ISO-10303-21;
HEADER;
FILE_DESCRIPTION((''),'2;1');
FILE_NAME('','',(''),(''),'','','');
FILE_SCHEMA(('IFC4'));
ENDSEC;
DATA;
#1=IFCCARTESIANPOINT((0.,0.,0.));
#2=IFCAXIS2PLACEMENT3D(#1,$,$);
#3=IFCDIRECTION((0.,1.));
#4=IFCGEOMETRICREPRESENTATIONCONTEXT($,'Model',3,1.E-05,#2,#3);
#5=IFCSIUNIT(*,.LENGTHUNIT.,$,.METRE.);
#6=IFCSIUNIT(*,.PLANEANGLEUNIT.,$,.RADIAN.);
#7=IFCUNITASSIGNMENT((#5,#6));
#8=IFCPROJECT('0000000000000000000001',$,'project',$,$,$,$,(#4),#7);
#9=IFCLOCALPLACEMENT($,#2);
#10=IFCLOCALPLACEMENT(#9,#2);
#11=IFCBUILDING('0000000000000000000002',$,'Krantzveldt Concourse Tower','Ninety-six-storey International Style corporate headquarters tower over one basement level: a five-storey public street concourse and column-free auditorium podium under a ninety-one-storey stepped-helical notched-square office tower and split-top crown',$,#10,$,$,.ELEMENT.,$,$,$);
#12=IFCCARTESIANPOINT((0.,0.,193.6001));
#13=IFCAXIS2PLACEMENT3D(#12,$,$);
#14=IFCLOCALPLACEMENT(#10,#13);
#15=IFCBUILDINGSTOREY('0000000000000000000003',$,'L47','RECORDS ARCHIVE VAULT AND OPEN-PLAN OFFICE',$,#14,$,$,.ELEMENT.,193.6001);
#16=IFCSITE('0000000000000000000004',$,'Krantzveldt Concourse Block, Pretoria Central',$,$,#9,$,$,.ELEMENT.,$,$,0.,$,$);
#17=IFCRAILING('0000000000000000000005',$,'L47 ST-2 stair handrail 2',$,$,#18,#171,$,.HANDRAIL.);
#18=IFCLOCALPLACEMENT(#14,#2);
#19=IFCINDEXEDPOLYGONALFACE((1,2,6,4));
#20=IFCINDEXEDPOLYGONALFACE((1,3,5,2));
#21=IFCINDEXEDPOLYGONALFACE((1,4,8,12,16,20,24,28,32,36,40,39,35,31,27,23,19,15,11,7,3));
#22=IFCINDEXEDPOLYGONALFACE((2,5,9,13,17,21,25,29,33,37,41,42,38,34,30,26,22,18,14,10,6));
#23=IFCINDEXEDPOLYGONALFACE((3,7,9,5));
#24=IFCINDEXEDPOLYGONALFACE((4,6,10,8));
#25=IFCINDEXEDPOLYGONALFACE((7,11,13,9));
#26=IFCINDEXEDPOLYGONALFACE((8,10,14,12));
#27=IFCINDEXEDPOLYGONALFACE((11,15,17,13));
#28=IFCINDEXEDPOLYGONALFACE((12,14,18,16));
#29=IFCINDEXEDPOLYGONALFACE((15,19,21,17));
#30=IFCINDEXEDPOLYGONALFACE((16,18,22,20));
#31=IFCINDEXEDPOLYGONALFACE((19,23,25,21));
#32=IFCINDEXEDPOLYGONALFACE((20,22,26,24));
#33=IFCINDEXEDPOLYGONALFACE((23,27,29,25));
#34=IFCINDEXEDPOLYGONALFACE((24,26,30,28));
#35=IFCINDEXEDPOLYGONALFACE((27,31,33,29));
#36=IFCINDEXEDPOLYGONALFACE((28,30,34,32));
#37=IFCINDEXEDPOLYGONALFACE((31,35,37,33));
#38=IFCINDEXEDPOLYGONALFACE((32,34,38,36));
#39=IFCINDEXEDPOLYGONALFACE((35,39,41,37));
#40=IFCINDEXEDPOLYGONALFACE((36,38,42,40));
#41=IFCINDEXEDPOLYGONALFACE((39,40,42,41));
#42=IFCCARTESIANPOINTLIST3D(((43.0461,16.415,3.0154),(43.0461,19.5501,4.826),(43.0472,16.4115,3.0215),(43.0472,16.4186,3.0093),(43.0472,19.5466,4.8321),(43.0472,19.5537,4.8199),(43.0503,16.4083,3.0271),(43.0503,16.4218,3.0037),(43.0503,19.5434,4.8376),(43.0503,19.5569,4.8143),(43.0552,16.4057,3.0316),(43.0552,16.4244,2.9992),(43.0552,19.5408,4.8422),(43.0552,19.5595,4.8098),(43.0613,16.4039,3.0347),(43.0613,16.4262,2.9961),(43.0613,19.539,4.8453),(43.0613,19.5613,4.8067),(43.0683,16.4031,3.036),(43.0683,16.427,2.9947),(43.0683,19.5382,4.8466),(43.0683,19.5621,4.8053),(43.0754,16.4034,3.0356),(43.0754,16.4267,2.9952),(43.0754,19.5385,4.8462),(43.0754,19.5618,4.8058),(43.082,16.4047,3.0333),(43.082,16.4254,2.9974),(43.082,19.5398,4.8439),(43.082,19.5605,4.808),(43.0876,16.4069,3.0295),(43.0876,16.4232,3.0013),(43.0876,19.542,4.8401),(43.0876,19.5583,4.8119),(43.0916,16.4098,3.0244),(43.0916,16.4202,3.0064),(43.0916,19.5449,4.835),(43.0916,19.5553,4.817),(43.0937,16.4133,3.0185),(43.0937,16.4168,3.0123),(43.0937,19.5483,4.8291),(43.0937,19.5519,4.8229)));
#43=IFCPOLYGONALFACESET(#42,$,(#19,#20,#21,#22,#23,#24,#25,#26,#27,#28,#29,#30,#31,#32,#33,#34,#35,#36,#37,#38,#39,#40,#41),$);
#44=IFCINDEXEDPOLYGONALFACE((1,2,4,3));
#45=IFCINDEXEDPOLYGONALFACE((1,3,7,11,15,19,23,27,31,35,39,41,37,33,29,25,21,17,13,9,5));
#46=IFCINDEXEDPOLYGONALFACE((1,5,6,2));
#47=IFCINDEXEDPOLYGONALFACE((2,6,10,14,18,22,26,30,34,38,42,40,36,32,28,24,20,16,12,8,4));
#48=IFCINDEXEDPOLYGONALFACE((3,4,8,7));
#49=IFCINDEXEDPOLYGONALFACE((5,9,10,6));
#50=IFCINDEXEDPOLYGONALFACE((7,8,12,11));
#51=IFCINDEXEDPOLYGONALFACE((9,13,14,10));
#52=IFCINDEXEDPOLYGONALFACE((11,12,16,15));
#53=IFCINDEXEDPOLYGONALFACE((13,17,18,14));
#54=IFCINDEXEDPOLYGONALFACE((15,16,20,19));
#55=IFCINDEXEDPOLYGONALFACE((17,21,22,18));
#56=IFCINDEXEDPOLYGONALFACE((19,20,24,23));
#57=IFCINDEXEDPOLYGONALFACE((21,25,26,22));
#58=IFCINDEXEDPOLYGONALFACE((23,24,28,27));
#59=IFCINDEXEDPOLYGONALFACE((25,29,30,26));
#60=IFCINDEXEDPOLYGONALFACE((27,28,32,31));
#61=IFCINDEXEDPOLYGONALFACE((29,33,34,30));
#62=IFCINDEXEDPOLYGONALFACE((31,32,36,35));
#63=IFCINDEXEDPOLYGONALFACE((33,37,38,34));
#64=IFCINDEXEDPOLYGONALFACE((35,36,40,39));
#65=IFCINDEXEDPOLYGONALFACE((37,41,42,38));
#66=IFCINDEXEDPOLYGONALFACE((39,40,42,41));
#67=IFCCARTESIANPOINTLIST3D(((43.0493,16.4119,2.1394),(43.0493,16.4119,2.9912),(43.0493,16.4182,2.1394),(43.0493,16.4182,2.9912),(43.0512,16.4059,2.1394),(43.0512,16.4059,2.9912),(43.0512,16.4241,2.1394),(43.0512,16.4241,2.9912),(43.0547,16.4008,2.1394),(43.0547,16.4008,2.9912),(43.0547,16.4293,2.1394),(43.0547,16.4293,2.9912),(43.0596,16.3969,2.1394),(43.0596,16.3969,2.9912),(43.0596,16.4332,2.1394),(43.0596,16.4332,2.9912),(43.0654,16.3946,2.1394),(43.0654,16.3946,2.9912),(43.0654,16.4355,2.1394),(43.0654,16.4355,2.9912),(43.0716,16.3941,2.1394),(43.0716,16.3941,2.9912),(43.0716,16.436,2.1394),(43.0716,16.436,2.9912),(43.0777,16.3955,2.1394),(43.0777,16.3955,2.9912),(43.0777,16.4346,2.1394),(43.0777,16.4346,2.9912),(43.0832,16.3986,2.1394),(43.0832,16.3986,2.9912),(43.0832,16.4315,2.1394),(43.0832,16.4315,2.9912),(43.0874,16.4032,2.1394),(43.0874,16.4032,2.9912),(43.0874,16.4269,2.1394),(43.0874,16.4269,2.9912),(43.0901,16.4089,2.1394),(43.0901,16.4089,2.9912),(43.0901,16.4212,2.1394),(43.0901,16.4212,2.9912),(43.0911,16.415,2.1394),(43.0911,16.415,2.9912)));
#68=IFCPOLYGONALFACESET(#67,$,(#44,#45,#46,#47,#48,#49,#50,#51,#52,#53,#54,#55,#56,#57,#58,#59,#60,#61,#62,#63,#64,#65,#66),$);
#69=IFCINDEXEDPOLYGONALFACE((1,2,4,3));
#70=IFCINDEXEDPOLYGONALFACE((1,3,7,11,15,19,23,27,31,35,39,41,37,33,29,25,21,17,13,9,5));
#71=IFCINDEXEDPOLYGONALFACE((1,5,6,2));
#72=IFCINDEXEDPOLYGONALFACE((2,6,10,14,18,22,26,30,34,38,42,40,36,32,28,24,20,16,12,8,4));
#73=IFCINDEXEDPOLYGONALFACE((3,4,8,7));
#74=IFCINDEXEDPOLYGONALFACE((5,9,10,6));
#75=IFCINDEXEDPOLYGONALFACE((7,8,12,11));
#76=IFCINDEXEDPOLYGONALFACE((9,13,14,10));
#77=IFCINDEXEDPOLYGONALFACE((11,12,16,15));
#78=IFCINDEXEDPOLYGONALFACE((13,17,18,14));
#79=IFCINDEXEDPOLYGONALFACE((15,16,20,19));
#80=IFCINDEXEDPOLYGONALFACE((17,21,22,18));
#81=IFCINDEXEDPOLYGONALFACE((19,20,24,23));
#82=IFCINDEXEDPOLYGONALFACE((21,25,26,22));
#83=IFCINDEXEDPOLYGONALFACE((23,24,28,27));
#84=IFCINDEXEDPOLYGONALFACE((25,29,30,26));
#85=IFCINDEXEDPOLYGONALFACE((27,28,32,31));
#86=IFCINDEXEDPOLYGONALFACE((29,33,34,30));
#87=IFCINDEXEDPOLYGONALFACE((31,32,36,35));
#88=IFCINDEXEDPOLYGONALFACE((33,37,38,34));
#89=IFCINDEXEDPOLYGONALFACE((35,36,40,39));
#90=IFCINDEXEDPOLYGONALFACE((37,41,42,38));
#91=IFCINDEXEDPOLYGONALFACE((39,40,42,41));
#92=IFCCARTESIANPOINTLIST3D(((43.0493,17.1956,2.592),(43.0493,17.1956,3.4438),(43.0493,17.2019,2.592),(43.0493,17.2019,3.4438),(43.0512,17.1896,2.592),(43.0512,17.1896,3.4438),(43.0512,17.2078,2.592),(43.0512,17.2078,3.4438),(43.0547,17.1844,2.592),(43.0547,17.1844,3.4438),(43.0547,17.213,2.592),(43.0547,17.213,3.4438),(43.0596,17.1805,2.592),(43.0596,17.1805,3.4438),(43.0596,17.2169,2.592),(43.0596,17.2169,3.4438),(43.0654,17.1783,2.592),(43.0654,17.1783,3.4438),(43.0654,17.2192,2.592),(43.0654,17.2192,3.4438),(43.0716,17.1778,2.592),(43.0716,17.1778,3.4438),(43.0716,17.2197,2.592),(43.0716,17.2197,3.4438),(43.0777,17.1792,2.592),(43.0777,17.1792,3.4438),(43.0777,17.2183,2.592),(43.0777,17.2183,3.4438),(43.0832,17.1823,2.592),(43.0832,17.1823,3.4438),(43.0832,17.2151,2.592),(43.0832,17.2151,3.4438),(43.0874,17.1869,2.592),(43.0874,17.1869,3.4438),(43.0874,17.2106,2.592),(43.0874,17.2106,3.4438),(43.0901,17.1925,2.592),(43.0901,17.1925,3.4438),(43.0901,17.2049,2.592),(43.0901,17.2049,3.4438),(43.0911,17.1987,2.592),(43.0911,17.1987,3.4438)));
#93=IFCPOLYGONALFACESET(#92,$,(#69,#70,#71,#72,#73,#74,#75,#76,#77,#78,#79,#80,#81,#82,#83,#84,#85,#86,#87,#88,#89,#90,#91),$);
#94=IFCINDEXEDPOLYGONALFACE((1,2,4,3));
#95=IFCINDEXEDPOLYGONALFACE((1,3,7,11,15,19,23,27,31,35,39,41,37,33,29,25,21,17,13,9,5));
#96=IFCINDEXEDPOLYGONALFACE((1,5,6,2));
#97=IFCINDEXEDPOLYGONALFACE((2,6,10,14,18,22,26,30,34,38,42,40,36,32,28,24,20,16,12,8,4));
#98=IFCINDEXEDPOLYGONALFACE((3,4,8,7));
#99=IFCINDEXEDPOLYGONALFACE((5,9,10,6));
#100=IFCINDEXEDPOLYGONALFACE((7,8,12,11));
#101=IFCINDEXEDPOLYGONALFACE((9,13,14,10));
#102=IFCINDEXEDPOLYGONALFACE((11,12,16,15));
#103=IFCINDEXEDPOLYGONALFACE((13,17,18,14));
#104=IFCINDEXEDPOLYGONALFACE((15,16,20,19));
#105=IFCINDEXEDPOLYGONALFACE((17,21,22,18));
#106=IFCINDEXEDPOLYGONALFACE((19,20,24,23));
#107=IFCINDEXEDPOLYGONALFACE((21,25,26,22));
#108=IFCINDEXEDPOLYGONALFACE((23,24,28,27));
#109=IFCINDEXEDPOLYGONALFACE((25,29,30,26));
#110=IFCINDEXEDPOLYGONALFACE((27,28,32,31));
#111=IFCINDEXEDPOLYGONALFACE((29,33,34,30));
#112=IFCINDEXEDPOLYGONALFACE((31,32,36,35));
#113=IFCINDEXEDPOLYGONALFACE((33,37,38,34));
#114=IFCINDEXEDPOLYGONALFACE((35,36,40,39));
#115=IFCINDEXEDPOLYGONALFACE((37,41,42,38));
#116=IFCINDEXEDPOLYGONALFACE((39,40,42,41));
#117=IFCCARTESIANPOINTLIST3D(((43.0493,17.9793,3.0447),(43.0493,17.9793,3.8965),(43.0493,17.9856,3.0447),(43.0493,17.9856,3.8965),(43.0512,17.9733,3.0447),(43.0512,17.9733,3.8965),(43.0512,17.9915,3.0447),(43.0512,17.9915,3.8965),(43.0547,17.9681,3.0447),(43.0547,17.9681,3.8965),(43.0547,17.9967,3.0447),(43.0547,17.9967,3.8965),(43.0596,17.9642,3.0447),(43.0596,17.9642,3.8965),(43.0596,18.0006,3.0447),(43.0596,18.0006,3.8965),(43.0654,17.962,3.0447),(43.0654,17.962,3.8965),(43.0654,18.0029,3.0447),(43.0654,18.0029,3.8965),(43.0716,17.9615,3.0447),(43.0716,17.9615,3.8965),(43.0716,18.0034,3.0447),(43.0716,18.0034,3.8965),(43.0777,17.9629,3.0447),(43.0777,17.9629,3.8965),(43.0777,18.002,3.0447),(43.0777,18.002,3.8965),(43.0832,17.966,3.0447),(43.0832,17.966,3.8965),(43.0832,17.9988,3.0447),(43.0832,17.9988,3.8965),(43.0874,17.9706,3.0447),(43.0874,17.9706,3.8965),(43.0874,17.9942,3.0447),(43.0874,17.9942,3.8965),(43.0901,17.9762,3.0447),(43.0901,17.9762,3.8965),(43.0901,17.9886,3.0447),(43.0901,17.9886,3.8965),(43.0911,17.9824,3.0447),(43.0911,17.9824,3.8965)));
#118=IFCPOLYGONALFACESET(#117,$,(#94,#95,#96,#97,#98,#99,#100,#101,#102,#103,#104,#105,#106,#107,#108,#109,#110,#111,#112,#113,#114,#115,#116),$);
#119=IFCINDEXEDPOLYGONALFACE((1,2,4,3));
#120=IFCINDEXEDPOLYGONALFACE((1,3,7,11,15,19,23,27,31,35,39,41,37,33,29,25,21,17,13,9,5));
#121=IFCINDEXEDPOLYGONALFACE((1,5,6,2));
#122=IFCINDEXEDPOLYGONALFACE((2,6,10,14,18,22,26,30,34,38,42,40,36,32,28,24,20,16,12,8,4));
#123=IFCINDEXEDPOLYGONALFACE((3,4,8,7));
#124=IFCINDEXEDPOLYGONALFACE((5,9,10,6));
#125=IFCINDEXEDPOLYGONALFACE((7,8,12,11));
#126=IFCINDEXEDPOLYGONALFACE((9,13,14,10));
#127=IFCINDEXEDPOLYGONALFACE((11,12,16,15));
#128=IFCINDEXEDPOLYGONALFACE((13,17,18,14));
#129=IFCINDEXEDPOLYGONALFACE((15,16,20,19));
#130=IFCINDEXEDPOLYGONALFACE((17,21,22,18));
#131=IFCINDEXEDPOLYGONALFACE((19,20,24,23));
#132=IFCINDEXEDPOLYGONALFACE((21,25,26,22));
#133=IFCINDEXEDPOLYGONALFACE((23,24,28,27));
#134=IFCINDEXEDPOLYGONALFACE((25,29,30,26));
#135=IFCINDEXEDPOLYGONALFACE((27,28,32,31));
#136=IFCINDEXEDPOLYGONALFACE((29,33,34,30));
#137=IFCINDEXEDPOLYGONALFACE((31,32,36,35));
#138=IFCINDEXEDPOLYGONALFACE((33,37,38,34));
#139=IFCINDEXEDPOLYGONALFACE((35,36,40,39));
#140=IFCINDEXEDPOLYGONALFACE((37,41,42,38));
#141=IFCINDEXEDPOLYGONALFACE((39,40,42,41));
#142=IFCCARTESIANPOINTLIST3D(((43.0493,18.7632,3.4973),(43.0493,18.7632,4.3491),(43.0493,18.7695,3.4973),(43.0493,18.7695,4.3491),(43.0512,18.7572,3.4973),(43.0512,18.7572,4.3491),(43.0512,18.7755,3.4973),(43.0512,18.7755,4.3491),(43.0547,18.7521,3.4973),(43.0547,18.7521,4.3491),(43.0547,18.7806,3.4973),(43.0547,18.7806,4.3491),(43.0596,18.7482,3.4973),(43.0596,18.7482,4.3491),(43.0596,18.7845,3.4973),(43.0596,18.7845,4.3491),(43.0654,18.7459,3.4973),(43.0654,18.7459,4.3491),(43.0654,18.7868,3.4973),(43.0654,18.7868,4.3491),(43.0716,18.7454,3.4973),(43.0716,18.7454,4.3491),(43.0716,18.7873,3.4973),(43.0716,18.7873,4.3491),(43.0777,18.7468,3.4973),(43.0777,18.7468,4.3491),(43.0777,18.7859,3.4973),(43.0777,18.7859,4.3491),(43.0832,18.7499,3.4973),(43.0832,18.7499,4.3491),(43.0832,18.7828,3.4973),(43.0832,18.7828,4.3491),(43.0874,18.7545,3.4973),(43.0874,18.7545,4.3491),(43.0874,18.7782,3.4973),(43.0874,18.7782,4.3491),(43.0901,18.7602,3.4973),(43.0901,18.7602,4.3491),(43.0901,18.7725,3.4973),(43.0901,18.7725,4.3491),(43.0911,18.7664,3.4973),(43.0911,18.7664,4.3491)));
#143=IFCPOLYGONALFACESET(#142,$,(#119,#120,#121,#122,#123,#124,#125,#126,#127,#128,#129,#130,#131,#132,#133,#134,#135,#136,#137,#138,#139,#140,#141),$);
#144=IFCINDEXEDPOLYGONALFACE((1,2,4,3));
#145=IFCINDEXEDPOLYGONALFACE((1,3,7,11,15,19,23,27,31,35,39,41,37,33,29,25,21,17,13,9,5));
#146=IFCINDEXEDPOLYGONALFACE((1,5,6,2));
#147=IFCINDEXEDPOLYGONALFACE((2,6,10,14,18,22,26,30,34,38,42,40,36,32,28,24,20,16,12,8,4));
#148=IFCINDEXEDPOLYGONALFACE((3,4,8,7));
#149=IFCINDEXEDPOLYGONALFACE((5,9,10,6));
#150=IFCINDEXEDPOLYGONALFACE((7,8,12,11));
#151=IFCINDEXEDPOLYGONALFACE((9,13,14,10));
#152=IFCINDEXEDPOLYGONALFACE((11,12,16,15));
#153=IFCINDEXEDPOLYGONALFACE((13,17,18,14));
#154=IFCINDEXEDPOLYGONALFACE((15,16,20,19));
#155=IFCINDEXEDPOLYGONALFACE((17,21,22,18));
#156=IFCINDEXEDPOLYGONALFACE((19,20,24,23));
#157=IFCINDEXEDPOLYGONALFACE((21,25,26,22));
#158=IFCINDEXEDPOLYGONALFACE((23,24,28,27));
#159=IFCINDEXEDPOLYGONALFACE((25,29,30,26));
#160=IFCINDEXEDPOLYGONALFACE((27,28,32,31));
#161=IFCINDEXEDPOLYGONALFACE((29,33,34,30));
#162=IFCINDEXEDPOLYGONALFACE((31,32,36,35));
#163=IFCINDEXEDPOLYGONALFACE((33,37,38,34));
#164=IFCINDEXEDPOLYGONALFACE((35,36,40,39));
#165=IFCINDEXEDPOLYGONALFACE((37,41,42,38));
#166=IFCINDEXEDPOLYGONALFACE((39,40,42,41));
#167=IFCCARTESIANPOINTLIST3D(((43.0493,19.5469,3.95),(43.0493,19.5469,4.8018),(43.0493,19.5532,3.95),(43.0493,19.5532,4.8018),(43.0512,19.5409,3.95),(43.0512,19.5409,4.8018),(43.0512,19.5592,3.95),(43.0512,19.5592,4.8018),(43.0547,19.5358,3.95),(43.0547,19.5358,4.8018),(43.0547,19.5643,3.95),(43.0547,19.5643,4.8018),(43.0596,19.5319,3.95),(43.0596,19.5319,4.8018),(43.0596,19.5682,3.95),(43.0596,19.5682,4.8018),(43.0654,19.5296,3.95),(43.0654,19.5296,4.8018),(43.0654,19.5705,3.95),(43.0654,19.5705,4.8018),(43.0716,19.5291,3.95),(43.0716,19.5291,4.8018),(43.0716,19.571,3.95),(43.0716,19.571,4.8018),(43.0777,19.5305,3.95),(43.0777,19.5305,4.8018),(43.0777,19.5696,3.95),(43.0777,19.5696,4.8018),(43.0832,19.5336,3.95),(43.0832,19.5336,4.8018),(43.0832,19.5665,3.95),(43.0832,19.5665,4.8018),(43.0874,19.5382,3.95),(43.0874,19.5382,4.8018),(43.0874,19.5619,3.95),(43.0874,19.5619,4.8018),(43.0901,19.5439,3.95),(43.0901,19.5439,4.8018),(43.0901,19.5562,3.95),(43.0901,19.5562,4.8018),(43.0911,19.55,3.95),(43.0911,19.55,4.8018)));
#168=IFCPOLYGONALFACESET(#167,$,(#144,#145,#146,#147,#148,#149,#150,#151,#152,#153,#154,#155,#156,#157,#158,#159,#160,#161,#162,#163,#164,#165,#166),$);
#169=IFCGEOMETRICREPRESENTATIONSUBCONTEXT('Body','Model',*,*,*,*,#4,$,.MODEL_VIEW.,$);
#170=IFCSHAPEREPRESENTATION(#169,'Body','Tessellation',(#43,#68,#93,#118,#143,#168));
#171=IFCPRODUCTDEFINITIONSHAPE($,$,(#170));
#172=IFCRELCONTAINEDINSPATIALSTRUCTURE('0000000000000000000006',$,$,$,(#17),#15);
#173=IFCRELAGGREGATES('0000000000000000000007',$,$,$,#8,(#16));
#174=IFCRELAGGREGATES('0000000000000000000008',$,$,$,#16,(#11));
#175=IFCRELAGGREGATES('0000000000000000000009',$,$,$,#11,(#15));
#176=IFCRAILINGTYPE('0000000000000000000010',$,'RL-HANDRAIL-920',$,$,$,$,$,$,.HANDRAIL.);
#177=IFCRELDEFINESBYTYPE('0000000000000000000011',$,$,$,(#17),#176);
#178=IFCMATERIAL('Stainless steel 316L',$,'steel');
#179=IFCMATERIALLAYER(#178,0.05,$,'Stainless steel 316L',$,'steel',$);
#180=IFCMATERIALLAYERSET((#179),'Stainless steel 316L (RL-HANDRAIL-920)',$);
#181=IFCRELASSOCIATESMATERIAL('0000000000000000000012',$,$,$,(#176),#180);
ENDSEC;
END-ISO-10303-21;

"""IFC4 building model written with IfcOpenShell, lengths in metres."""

from ifc_helpers import new_model, si_unit, direction, frame, origin, origin_2d, place, context, subcontext, project, spatial, circle, extrude, material, layer, layer_set, type_object, element, save


model = new_model("IFC4")

# Units and contexts
model_context = context("Model", 3, precision=1e-05, world=origin(), true_north=direction((0.0, 1.0)))
body_context = subcontext(model_context, "Body", "Model", "MODEL_VIEW")
ifc_project = project(units=[si_unit("LENGTHUNIT", "METRE"), si_unit("PLANEANGLEUNIT", "RADIAN")], contexts=[model_context])

# Site, building, storey
site_placement = place(None, origin())
site = spatial("IfcSite", under=ifc_project, at=site_placement, Name="Krantzveldt Concourse Block, Pretoria Central", CompositionType="ELEMENT", RefElevation=0.0)
building_placement = place(site_placement, origin())
building = spatial("IfcBuilding", under=site, at=building_placement, Name="Krantzveldt Concourse Tower", Description="Ninety-six-storey International Style corporate headquarters tower over one basement level: a five-storey public street concourse and column-free auditorium podium under a ninety-one-storey stepped-helical notched-square office tower and split-top crown", CompositionType="ELEMENT")
storey_placement = place(building_placement, frame((0.0, 0.0, 193.6001)))
storey = spatial("IfcBuildingStorey", under=building, at=storey_placement, Name="L47", Description="RECORDS ARCHIVE VAULT AND OPEN-PLAN OFFICE", CompositionType="ELEMENT", Elevation=193.6001)

# Shared definitions
ifc_material_1 = material(Name="Stainless steel 316L", Category="steel")

# Railing
ifc_layer_1 = layer(ifc_material_1, 0.05, Name="Stainless steel 316L", Category="steel")
ifc_layer_set_1 = layer_set([ifc_layer_1], Name="Stainless steel 316L (RL-HANDRAIL-920)")
railing_type_1 = type_object("IfcRailingType", Name="RL-HANDRAIL-920", PredefinedType="HANDRAIL", material=ifc_layer_set_1)
railing_1_placement = place(storey_placement, frame((43.0701, 16.415, 2.1394)))
element("IfcRailing", 1, at=railing_1_placement, inside=storey, type_object=railing_type_1, Name="L47 ST-2 stair handrail 2", PredefinedType="HANDRAIL", context=body_context, shape_type="SweptSolid", body=[
    extrude(circle(Radius=0.0239, at=origin_2d()), frame((0.0, 0.0, 0.876), z_axis=(0.0, 0.86596, 0.500114), x_axis=(-1.0, 0.0, 0.0)), (0.0, 0.0, 1.0), 3.6204),
    extrude(circle(Radius=0.021, at=origin_2d()), origin(), (0.0, 0.0, 1.0), 0.8518),
    extrude(circle(Radius=0.021, at=origin_2d()), frame((0.0, 0.7837, 0.4526)), (0.0, 0.0, 1.0), 0.8518),
    extrude(circle(Radius=0.021, at=origin_2d()), frame((0.0, 1.5674, 0.9053)), (0.0, 0.0, 1.0), 0.8518),
    extrude(circle(Radius=0.021, at=origin_2d()), frame((0.0, 2.3513, 1.3579)), (0.0, 0.0, 1.0), 0.8518),
    extrude(circle(Radius=0.021, at=origin_2d()), frame((0.0, 3.135, 1.8105)), (0.0, 0.0, 1.0), 0.8518),
])

save(model, "model.ifc")
